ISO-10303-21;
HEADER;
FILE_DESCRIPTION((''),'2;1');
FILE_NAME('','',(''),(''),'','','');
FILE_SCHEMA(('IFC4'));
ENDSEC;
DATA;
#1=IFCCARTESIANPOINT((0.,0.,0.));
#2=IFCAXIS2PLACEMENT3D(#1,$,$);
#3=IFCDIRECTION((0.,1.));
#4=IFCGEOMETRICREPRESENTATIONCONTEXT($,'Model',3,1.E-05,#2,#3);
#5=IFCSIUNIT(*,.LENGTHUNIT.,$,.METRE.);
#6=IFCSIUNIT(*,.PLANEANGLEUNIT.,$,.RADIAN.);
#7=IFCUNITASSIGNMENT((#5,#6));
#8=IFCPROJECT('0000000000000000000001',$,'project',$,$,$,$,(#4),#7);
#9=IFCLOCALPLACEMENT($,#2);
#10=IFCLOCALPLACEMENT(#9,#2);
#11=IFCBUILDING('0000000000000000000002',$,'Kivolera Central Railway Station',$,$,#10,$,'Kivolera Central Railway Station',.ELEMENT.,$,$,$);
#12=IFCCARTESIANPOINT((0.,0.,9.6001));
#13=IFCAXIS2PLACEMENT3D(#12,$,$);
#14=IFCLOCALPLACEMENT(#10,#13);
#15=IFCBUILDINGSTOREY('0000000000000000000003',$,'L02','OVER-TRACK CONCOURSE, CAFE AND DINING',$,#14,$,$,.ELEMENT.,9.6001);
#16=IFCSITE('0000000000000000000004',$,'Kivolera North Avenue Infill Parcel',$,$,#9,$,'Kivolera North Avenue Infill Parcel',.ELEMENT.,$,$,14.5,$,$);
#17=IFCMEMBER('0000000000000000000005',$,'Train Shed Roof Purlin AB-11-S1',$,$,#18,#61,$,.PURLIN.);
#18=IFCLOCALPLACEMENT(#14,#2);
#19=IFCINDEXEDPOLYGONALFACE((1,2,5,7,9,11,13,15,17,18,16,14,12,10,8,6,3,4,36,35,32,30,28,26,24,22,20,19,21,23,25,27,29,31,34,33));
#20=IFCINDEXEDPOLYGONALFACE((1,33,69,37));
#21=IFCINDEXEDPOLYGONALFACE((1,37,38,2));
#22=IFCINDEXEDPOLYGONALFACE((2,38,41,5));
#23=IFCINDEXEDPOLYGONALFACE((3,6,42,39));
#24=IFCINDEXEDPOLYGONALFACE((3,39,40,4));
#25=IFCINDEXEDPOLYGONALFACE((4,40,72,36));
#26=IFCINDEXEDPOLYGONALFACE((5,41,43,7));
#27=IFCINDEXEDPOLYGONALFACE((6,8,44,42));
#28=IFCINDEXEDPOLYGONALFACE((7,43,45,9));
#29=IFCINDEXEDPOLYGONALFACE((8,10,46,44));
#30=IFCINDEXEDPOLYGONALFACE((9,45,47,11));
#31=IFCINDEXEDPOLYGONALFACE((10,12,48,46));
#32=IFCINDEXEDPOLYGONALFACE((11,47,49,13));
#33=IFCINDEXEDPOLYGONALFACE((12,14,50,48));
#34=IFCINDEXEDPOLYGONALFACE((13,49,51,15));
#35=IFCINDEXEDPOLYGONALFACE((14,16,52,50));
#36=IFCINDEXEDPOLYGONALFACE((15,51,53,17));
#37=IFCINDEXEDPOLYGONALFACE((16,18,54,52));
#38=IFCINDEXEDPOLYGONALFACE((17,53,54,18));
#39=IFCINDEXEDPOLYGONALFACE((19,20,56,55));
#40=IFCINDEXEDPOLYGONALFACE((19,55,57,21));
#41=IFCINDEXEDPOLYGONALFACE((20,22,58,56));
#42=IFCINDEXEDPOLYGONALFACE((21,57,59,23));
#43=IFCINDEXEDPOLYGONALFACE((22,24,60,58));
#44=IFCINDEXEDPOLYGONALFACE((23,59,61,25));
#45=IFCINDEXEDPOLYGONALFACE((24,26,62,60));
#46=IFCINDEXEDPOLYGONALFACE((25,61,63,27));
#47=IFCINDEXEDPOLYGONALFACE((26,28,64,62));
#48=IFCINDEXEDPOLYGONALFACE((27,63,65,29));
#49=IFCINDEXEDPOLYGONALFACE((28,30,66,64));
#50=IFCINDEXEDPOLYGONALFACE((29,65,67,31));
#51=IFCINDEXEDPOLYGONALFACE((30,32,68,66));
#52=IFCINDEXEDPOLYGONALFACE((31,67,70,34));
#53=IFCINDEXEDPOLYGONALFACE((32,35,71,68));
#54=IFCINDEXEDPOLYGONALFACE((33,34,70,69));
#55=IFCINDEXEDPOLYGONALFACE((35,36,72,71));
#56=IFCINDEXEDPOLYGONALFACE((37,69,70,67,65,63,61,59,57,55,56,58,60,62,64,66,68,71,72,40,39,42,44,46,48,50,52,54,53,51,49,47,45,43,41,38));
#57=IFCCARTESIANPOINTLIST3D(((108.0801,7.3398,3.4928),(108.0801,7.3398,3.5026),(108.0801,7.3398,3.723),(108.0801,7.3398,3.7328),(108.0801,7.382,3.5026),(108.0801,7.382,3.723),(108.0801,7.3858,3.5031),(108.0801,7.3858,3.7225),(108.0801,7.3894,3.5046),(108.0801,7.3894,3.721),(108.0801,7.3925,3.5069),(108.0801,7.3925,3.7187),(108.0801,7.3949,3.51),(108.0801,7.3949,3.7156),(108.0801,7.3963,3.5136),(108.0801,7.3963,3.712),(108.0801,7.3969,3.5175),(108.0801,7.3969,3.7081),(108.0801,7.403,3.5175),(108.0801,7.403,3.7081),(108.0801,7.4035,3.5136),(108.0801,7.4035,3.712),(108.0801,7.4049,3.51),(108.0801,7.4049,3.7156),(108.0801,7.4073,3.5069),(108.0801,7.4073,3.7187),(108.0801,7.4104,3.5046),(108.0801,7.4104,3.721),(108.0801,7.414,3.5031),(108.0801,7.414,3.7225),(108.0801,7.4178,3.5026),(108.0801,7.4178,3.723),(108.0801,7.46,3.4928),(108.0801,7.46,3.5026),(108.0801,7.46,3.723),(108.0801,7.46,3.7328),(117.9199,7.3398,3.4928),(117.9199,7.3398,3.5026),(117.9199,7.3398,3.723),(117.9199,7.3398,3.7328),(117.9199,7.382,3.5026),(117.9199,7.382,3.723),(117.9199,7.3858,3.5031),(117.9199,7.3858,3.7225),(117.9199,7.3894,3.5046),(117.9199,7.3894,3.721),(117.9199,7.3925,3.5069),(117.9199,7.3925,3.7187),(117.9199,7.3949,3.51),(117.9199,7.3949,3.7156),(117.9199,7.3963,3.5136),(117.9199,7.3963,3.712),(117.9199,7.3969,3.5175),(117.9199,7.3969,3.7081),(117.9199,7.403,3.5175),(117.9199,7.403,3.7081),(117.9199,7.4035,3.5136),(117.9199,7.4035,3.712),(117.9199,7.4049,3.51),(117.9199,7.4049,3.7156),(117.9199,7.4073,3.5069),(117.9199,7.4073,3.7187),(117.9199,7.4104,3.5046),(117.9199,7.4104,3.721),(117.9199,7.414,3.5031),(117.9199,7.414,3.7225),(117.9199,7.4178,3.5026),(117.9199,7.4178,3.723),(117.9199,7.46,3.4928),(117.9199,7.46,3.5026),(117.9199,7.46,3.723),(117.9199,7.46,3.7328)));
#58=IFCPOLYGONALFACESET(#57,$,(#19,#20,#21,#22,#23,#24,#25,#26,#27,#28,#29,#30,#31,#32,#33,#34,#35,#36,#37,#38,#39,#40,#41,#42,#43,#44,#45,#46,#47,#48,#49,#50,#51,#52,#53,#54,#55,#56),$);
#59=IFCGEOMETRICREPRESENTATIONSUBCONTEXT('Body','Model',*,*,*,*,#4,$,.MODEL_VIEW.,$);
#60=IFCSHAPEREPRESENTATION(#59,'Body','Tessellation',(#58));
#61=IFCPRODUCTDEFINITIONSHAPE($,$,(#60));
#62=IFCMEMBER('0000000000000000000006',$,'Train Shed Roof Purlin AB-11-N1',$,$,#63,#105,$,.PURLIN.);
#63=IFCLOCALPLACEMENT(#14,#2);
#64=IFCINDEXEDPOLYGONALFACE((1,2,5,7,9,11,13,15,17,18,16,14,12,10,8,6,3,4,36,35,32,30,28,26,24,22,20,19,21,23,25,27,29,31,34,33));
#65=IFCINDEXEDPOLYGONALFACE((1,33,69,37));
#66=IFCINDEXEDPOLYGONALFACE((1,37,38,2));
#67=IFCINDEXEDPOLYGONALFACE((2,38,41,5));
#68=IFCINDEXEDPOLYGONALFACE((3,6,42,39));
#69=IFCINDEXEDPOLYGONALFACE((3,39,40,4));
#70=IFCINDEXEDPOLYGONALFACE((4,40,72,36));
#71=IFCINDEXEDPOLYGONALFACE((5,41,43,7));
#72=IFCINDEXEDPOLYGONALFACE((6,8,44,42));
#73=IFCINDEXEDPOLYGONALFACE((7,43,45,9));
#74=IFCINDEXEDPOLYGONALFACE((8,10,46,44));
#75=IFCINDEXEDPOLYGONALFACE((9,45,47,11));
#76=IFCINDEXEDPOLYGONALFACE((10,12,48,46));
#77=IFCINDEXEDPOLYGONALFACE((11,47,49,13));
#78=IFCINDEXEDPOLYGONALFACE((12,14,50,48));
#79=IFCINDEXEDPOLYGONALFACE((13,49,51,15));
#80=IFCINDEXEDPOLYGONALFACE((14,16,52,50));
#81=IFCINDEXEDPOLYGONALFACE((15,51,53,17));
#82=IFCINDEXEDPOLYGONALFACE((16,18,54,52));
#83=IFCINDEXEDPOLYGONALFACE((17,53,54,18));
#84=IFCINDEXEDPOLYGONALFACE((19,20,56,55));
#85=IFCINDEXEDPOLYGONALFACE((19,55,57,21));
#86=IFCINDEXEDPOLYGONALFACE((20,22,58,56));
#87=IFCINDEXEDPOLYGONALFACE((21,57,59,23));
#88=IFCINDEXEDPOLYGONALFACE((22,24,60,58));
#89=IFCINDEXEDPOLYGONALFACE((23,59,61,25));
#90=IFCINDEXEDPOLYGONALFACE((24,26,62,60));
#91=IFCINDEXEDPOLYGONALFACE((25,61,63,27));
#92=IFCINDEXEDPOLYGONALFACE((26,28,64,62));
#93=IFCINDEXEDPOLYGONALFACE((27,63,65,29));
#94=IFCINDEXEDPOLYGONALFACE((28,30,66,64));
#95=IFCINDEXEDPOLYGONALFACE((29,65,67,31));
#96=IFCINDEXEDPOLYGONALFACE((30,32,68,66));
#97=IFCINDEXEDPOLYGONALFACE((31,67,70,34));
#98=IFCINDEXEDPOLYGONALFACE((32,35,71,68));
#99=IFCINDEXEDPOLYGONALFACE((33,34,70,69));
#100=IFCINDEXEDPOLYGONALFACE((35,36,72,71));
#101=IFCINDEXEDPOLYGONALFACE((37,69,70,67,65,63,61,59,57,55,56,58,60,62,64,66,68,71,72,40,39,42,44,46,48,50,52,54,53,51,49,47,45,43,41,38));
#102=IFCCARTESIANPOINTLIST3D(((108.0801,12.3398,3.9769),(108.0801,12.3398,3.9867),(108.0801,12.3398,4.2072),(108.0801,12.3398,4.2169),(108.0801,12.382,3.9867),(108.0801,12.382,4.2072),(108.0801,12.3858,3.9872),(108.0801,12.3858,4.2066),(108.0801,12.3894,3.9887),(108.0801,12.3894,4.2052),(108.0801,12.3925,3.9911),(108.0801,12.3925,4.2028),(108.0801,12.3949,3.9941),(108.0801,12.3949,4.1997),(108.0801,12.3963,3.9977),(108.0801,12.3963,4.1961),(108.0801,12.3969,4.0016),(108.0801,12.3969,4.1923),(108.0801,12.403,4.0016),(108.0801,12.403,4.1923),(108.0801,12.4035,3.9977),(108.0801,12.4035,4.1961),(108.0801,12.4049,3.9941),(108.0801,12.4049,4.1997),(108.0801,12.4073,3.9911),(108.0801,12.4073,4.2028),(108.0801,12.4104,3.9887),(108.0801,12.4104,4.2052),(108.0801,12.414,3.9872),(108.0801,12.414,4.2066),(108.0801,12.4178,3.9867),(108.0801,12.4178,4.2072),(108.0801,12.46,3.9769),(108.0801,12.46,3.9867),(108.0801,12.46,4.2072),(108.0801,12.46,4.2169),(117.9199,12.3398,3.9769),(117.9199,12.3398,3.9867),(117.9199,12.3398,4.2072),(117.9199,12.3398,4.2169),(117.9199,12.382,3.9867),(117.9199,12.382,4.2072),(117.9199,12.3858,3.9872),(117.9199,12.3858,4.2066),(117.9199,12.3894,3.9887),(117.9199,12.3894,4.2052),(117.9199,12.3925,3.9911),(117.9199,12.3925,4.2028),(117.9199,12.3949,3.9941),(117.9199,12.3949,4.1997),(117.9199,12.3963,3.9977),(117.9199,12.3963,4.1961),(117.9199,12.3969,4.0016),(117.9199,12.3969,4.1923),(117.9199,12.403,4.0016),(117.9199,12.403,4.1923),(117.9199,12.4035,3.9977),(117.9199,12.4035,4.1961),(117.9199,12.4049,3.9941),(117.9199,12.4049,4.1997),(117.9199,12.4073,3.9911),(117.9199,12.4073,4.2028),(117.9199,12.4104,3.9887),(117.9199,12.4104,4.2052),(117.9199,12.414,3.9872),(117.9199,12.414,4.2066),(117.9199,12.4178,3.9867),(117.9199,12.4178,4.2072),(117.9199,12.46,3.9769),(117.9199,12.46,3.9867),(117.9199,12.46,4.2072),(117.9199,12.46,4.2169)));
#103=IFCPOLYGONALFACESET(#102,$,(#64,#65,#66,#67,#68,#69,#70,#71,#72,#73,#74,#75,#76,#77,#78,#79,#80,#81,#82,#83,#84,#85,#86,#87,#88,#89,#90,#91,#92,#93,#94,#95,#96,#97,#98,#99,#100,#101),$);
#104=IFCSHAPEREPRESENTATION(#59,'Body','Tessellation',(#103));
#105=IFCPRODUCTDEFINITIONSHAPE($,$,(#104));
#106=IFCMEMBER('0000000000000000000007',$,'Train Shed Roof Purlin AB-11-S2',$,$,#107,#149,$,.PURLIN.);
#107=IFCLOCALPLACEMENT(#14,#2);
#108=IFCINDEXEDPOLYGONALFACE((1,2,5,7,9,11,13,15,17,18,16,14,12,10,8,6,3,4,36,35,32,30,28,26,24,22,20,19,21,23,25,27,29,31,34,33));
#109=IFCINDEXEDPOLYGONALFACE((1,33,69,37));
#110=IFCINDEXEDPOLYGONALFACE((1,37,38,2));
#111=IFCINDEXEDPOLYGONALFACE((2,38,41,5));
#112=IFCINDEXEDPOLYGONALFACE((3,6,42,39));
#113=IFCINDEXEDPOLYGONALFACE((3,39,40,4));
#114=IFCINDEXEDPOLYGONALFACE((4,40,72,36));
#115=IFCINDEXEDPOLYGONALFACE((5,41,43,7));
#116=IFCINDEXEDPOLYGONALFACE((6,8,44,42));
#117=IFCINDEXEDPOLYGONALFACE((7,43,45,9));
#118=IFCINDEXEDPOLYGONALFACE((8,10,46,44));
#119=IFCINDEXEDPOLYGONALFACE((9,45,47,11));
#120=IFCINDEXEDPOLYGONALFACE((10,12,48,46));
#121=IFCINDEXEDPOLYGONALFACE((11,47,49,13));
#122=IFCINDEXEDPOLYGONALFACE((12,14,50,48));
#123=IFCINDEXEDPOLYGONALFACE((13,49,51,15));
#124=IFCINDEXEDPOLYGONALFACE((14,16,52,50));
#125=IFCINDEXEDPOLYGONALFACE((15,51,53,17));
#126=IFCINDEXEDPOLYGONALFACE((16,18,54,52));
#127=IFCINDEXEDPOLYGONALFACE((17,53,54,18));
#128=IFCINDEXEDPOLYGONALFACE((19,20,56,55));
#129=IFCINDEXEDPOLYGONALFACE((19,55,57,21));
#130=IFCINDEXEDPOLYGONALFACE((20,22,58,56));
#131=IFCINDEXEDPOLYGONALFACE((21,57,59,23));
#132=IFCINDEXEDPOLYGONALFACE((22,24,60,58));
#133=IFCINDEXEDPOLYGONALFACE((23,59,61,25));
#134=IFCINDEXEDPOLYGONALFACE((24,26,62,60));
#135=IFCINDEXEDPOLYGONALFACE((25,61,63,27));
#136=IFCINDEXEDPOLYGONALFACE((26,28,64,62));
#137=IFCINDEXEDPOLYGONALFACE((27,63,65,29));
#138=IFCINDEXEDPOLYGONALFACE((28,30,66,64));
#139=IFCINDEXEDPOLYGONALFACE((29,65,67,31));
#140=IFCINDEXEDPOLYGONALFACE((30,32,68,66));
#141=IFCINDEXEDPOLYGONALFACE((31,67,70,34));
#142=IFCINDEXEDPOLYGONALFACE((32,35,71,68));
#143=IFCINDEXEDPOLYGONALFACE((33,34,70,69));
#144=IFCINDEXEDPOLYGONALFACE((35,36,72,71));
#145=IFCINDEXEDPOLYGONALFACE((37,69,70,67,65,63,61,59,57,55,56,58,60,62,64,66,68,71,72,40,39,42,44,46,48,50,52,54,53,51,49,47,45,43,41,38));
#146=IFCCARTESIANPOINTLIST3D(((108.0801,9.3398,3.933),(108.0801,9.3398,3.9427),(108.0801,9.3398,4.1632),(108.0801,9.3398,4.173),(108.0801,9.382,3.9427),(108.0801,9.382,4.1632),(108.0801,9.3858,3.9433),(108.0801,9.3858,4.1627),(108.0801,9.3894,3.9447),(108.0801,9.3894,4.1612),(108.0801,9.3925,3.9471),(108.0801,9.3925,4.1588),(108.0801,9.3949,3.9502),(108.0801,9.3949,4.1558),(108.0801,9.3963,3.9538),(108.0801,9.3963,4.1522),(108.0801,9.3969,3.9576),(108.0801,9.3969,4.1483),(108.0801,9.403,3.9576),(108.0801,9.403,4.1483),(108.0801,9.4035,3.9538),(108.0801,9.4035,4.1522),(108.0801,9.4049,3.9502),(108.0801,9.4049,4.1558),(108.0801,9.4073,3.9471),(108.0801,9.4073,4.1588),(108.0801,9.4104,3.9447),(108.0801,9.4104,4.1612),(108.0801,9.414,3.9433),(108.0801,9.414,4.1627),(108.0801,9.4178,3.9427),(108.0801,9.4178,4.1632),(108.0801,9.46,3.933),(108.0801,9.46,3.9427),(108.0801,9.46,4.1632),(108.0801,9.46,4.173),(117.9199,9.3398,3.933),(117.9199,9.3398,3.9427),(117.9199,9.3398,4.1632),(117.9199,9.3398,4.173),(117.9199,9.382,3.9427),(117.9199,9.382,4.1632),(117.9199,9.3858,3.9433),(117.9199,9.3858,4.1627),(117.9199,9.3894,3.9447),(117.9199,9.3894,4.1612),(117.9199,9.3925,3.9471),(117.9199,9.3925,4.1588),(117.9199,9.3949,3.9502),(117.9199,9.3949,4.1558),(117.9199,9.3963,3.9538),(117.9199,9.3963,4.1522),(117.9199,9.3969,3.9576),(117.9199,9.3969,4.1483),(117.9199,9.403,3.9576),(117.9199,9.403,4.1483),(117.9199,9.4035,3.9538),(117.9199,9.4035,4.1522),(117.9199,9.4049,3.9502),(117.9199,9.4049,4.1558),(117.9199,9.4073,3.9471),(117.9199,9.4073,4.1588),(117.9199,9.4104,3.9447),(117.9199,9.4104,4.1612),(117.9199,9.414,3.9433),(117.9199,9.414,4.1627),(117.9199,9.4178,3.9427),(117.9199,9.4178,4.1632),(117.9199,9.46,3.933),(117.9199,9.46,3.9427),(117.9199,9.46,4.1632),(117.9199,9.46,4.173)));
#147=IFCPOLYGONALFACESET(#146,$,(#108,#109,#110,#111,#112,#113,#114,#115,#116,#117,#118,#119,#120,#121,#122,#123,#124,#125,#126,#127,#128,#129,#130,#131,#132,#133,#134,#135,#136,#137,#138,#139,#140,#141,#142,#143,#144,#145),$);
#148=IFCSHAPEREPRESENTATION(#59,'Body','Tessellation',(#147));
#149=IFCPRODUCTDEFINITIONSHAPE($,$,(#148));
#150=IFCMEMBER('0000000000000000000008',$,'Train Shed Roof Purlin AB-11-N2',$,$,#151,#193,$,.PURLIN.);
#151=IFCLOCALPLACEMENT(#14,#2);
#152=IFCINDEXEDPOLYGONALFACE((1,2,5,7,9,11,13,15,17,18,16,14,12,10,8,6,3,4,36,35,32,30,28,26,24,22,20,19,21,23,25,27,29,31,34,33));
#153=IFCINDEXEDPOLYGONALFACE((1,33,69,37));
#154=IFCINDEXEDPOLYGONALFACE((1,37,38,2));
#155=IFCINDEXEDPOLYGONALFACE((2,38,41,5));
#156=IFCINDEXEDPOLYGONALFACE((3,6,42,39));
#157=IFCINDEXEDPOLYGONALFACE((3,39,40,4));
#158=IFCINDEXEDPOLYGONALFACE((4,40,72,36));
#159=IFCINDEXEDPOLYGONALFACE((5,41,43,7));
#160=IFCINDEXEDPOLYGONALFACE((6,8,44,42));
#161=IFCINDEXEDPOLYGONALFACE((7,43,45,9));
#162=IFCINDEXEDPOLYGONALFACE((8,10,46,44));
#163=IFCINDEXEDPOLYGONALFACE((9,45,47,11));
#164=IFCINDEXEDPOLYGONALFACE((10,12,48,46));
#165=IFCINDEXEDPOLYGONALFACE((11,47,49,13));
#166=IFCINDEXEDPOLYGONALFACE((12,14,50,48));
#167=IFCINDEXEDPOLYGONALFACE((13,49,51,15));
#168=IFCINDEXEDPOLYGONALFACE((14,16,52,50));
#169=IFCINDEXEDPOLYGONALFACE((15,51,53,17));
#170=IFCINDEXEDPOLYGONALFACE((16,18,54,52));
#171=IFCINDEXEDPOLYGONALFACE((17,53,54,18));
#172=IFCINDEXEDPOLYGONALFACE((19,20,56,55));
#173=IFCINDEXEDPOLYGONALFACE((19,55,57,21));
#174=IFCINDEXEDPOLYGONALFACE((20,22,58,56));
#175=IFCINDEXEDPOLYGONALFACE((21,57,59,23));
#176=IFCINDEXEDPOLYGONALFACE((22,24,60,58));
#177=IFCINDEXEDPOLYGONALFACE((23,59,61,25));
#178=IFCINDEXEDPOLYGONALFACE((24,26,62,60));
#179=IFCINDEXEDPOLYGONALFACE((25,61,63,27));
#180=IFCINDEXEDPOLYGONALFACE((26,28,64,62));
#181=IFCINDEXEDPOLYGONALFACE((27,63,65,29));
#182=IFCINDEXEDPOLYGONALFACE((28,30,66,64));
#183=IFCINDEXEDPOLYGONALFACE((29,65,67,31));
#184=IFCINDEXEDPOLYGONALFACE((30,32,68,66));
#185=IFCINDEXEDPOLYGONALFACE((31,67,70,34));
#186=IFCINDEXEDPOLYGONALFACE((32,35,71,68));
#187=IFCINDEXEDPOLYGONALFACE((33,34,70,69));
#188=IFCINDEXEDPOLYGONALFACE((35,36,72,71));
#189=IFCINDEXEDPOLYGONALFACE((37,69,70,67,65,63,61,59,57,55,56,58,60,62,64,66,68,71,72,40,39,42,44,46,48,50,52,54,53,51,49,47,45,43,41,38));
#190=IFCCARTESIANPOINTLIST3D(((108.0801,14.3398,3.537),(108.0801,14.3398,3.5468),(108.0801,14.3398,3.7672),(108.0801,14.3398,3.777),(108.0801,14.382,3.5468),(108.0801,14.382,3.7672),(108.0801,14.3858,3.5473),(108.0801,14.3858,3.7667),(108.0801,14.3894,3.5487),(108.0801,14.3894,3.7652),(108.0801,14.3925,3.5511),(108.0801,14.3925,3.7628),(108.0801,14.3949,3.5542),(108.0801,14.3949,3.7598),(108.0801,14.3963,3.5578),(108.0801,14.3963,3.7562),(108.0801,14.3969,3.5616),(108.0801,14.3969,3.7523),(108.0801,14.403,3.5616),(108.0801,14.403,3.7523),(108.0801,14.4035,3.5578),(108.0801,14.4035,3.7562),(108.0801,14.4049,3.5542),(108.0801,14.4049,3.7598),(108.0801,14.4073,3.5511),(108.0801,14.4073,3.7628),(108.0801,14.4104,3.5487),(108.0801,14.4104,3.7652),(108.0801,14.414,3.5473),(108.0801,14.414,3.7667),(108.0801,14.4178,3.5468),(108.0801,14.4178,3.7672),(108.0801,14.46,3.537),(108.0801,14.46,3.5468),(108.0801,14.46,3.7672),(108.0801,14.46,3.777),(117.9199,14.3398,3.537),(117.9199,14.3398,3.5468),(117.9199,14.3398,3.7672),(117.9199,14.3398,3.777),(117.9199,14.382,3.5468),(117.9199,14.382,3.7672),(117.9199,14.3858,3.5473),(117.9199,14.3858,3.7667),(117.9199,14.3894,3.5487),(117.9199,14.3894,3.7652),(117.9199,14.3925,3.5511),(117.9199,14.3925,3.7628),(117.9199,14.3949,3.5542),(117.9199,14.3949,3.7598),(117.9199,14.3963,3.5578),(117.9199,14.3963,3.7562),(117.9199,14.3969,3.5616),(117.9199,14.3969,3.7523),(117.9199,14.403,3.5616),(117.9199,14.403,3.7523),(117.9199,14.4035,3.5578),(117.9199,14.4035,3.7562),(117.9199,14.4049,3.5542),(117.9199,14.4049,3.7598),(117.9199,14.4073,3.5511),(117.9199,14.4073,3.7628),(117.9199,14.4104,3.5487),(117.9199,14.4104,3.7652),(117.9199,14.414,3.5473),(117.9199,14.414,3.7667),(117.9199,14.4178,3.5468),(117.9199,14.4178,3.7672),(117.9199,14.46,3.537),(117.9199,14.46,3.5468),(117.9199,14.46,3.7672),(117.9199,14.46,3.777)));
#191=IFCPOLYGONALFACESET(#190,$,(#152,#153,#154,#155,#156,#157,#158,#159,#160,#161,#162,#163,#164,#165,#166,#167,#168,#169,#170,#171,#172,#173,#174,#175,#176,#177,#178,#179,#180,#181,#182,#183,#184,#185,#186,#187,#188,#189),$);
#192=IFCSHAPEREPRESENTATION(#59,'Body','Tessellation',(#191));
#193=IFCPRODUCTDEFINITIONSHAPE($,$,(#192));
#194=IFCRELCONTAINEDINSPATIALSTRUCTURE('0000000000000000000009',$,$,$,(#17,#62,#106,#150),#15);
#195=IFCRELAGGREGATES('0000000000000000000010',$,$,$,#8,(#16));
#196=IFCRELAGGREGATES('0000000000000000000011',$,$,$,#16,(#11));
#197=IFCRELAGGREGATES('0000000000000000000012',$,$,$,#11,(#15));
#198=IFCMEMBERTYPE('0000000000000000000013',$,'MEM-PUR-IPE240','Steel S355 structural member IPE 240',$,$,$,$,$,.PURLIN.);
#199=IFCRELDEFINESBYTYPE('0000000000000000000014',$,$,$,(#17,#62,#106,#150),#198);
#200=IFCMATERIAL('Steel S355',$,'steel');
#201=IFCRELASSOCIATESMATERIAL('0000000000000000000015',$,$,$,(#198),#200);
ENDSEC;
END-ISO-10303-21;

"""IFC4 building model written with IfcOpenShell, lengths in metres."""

from ifc_helpers import new_model, si_unit, direction, frame, origin, origin_2d, place, context, subcontext, project, spatial, i_section, extrude, material, material_profile, profile_set, type_object, element, save


model = new_model("IFC4")

# Units and contexts
model_context = context("Model", 3, precision=1e-05, world=origin(), true_north=direction((0.0, 1.0)))
body_context = subcontext(model_context, "Body", "Model", "MODEL_VIEW")
ifc_project = project(units=[si_unit("LENGTHUNIT", "METRE"), si_unit("PLANEANGLEUNIT", "RADIAN")], contexts=[model_context])

# Site, building, storey
site_placement = place(None, origin())
site = spatial("IfcSite", under=ifc_project, at=site_placement, Name="Kivolera North Avenue Infill Parcel", LongName="Kivolera North Avenue Infill Parcel", CompositionType="ELEMENT", RefElevation=14.5)
building_placement = place(site_placement, origin())
building = spatial("IfcBuilding", under=site, at=building_placement, Name="Kivolera Central Railway Station", LongName="Kivolera Central Railway Station", CompositionType="ELEMENT")
storey_placement = place(building_placement, frame((0.0, 0.0, 9.6001)))
storey = spatial("IfcBuildingStorey", under=building, at=storey_placement, Name="L02", Description="OVER-TRACK CONCOURSE, CAFE AND DINING", CompositionType="ELEMENT", Elevation=9.6001)

# Shared definitions
ifc_material_1 = material(Name="Steel S355", Category="steel")

# Members
ifc_material_profile_1 = material_profile(ifc_material_1, i_section(OverallWidth=0.1201, OverallDepth=0.24, WebThickness=0.0061, FlangeThickness=0.0098, FilletRadius=0.0149, at=origin_2d()), Name="IPE 240")
ifc_profile_set_1 = profile_set([ifc_material_profile_1], Name="Steel S355")
member_type_1 = type_object("IfcMemberType", Name="MEM-PUR-IPE240", Description="Steel S355 structural member IPE 240", PredefinedType="PURLIN", material=ifc_profile_set_1)
for number, where, z_axis, x_axis, name in (
    (1, (108.0801, 7.3999, 3.6128), (1.0, 0.0, 0.0), (0.0, 1.0, 0.0), "Train Shed Roof Purlin AB-11-S1"),
    (2, (108.0801, 12.3999, 4.0969), (1.0, 0.0, 0.0), (0.0, 1.0, 0.0), "Train Shed Roof Purlin AB-11-N1"),
    (3, (108.0801, 9.3999, 4.053), (1.0, 0.0, 0.0), (0.0, 1.0, 0.0), "Train Shed Roof Purlin AB-11-S2"),
    (4, (108.0801, 14.3999, 3.657), (1.0, 0.0, 0.0), (0.0, 1.0, 0.0), "Train Shed Roof Purlin AB-11-N2"),
):
    element("IfcMember", number, at=place(storey_placement, frame(where, z_axis=z_axis, x_axis=x_axis)), inside=storey, type_object=member_type_1, Name=name, PredefinedType="PURLIN", context=body_context, shape_type="SweptSolid", body=[
        extrude(i_section(OverallWidth=0.1201, OverallDepth=0.24, WebThickness=0.0061, FlangeThickness=0.0098, FilletRadius=0.0149, at=origin_2d()), origin(), (0.0, 0.0, 1.0), 9.8398),
    ])

save(model, "model.ifc")
